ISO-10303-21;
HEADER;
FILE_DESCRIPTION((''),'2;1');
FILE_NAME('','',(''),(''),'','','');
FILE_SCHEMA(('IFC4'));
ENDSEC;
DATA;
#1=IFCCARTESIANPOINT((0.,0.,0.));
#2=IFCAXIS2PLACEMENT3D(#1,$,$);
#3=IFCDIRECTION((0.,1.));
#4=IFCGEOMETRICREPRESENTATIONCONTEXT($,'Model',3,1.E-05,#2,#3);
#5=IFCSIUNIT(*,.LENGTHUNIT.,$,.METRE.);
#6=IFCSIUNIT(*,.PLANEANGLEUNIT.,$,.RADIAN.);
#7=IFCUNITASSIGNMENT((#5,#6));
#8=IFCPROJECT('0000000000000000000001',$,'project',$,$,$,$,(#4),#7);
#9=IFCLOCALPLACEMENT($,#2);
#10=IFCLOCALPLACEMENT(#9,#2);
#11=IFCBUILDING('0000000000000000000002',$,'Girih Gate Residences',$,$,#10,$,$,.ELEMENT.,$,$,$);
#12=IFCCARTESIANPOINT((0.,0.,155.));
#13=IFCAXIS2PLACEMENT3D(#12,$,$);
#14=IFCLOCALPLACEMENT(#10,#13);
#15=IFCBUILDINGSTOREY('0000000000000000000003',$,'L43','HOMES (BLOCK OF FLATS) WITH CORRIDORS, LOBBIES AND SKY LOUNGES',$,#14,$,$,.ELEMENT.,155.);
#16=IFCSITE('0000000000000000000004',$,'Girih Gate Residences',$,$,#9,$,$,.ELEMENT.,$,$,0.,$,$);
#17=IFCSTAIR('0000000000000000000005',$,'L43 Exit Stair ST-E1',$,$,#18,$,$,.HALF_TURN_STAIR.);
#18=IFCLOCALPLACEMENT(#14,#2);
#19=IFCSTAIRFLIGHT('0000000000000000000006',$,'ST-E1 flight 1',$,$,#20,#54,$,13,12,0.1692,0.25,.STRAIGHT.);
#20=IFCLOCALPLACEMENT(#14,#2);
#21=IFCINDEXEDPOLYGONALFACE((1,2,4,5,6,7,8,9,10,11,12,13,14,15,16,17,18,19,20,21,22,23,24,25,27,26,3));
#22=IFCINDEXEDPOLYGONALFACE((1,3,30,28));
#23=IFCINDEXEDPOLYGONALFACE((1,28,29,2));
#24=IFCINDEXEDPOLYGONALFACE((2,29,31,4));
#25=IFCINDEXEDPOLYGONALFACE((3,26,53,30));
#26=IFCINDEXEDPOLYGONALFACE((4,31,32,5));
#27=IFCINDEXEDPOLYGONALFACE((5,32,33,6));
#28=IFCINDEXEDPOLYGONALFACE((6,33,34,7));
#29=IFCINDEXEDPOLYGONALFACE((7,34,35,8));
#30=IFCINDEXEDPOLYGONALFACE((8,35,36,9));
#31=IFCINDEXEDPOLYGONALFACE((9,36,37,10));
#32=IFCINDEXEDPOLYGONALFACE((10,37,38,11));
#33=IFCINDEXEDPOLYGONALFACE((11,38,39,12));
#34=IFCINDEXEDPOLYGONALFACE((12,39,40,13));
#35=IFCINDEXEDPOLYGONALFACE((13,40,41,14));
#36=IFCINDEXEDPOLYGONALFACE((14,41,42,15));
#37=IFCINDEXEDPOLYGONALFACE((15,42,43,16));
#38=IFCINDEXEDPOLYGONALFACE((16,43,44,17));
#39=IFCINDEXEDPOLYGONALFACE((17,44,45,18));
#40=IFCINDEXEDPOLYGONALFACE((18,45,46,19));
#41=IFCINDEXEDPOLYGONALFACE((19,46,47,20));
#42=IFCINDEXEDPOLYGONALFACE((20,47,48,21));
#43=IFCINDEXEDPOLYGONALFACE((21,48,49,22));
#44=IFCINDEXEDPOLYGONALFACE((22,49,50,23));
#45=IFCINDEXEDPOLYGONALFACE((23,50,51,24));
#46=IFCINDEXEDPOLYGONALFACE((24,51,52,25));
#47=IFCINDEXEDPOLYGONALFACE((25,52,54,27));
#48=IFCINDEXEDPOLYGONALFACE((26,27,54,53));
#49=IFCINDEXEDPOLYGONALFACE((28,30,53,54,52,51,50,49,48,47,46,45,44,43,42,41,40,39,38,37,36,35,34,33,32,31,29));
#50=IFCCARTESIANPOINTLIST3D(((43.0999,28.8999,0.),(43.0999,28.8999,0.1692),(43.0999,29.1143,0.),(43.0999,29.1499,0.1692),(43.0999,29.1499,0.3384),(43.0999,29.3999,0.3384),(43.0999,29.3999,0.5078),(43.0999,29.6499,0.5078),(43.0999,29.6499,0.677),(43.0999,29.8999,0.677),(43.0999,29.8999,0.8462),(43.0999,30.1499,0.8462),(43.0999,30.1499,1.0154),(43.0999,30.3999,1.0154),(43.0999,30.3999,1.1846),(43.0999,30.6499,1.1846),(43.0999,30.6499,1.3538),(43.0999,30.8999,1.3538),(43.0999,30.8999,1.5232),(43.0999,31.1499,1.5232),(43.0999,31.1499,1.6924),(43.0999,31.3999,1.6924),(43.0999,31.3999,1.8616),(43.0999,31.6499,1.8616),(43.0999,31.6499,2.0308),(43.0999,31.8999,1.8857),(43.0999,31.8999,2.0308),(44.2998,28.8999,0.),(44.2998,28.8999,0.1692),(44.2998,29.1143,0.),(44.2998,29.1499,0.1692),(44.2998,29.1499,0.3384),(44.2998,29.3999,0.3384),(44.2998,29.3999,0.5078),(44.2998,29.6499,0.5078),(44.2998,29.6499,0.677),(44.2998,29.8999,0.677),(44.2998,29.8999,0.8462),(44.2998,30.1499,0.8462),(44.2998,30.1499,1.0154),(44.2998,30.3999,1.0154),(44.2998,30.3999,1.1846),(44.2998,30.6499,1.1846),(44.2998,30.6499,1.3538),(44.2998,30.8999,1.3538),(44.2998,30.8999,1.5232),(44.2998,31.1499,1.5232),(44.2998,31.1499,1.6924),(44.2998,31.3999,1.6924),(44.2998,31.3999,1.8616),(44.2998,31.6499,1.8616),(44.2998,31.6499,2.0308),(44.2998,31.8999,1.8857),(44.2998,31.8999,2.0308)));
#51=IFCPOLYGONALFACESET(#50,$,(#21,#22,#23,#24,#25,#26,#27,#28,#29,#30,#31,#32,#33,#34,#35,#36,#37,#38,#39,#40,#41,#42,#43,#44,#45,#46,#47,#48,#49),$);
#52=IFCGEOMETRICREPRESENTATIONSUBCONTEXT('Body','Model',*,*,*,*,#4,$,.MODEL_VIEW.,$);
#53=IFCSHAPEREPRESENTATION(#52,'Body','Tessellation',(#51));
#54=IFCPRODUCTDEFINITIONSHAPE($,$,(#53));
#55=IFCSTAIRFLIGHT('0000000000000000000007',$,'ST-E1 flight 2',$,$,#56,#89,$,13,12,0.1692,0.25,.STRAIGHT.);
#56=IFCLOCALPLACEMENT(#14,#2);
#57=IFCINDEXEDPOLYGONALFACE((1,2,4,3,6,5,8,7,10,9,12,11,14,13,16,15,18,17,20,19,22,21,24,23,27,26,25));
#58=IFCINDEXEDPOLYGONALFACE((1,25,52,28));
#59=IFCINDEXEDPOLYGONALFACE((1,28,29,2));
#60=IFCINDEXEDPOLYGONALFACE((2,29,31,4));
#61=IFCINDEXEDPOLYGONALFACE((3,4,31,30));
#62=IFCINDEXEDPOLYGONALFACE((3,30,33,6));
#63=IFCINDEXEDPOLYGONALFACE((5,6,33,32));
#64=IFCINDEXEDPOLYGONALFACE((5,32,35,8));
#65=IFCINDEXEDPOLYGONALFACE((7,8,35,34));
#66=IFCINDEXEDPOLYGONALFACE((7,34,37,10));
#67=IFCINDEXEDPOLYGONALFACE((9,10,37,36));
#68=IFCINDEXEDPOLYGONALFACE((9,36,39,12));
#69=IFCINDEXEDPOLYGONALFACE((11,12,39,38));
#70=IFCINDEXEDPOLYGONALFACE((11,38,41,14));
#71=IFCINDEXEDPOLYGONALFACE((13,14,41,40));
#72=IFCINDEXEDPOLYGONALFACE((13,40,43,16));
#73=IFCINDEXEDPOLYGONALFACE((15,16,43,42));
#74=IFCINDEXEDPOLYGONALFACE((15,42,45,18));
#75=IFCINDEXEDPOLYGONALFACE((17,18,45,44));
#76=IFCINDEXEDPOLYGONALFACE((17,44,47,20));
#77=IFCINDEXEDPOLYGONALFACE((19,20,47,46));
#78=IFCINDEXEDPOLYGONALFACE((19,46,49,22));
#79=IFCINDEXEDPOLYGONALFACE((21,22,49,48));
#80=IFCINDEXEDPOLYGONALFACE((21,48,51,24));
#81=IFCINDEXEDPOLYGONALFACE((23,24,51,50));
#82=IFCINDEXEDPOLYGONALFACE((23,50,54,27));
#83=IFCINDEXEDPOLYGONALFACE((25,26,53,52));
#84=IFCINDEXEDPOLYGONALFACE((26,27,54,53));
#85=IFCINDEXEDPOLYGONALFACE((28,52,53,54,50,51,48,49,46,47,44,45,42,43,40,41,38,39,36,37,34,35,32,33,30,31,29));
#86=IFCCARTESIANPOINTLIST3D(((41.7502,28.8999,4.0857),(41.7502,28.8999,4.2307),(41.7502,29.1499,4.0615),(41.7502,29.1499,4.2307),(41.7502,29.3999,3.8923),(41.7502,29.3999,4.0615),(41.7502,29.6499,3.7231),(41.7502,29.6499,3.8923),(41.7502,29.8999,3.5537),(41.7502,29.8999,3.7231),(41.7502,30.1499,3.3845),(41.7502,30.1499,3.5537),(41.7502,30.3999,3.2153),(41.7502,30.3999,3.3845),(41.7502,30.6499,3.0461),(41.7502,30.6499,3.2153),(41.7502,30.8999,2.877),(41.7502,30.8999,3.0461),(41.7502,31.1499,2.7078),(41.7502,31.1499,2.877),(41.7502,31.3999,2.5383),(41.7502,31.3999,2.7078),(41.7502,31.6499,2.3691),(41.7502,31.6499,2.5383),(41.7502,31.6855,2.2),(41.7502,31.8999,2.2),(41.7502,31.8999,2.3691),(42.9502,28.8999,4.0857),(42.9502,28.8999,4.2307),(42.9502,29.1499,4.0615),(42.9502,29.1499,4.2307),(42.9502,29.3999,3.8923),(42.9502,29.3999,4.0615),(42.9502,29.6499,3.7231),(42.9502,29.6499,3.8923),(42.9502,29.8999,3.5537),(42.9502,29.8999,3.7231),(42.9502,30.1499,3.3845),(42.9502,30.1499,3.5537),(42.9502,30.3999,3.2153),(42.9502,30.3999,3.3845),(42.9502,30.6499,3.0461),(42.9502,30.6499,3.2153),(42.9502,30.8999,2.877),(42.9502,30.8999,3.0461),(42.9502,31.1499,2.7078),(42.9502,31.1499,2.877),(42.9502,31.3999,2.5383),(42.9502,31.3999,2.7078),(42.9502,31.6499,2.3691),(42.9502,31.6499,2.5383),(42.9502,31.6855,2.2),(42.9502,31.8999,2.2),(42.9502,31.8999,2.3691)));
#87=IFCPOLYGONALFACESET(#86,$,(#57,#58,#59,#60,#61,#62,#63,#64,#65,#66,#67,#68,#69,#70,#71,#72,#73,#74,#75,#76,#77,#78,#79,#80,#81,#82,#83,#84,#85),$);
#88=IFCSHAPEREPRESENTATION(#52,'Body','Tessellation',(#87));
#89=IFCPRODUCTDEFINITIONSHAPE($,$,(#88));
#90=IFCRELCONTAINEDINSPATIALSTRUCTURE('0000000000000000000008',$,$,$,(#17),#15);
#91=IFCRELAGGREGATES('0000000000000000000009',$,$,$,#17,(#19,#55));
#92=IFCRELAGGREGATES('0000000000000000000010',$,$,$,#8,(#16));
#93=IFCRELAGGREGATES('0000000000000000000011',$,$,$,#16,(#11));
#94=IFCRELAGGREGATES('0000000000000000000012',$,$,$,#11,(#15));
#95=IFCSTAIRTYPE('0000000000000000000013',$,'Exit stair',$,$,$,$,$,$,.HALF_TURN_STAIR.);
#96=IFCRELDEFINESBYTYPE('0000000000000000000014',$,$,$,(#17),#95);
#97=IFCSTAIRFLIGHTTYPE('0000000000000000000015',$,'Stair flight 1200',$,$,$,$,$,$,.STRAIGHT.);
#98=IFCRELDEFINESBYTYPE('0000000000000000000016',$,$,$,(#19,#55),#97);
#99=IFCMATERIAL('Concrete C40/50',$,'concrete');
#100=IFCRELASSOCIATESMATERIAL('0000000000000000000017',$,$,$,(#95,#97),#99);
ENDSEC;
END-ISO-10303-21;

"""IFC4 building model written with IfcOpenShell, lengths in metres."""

from ifc_helpers import new_model, si_unit, direction, frame, origin, place, context, subcontext, project, spatial, polyline, outline, extrude, material, type_object, element, aggregate, save


model = new_model("IFC4")

# Units and contexts
model_context = context("Model", 3, precision=1e-05, world=origin(), true_north=direction((0.0, 1.0)))
body_context = subcontext(model_context, "Body", "Model", "MODEL_VIEW")
ifc_project = project(units=[si_unit("LENGTHUNIT", "METRE"), si_unit("PLANEANGLEUNIT", "RADIAN")], contexts=[model_context])

# Site, building, storey
site_placement = place(None, origin())
site = spatial("IfcSite", under=ifc_project, at=site_placement, Name="Girih Gate Residences", CompositionType="ELEMENT", RefElevation=0.0)
building_placement = place(site_placement, origin())
building = spatial("IfcBuilding", under=site, at=building_placement, Name="Girih Gate Residences", CompositionType="ELEMENT")
storey_placement = place(building_placement, frame((0.0, 0.0, 155.0)))
storey = spatial("IfcBuildingStorey", under=building, at=storey_placement, Name="L43", Description="HOMES (BLOCK OF FLATS) WITH CORRIDORS, LOBBIES AND SKY LOUNGES", CompositionType="ELEMENT", Elevation=155.0)

# Shared definitions
ifc_material_1 = material(Name="Concrete C40/50", Category="concrete")

# Stair, stair flights
stair_type = type_object("IfcStairType", Name="Exit stair", PredefinedType="HALF_TURN_STAIR", material=ifc_material_1)
stair_placement = place(storey_placement, origin())
stair = element("IfcStair", 1, at=stair_placement, inside=storey, type_object=stair_type, Name="L43 Exit Stair ST-E1", PredefinedType="HALF_TURN_STAIR")
stair_flight_type = type_object("IfcStairFlightType", Name="Stair flight 1200", PredefinedType="STRAIGHT", material=ifc_material_1)
stair_flight_1_placement = place(storey_placement, frame((43.7, 28.8999, 0.0), z_axis=(0.0, 0.0, 1.0), x_axis=(0.0, 1.0, 0.0)))
stair_flight_1 = element("IfcStairFlight", 2, at=stair_flight_1_placement, type_object=stair_flight_type, Name="ST-E1 flight 1", NumberOfRisers=13, NumberOfTreads=12, PredefinedType="STRAIGHT", RiserHeight=0.1692, TreadLength=0.25, context=body_context, shape_type="SweptSolid", body=[
    extrude(outline(polyline([(0.0, 0.0), (0.0, 0.1692), (0.25, 0.1692), (0.25, 0.3384), (0.5, 0.3384), (0.5, 0.5078), (0.75, 0.5078), (0.75, 0.677), (1.0, 0.677), (1.0, 0.8462), (1.25, 0.8462), (1.25, 1.0154), (1.5, 1.0154), (1.5, 1.1846), (1.75, 1.1846), (1.75, 1.3538), (2.0, 1.3538), (2.0, 1.5232), (2.25, 1.5232), (2.25, 1.6924), (2.5, 1.6924), (2.5, 1.8616), (2.75, 1.8616), (2.75, 2.0308), (3.0, 2.0308), (3.0, 2.2), (3.0, 1.8857), (0.2144, 0.0), (0.0, 0.0)])), frame((0.0, 0.6001, 0.0), z_axis=(0.0, -1.0, 0.0), x_axis=(1.0, 0.0, 0.0)), (0.0, 0.0, 1.0), 1.2),
])
stair_flight_2_placement = place(storey_placement, frame((42.3501, 31.8999, 2.2), z_axis=(0.0, 0.0, 1.0), x_axis=(0.0, -1.0, 0.0)))
stair_flight_2 = element("IfcStairFlight", 3, at=stair_flight_2_placement, type_object=stair_flight_type, Name="ST-E1 flight 2", NumberOfRisers=13, NumberOfTreads=12, PredefinedType="STRAIGHT", RiserHeight=0.1692, TreadLength=0.25, context=body_context, shape_type="SweptSolid", body=[
    extrude(outline(polyline([(0.0, 0.0), (0.0, 0.1692), (0.25, 0.1692), (0.25, 0.3384), (0.5, 0.3384), (0.5, 0.5078), (0.75, 0.5078), (0.75, 0.677), (1.0, 0.677), (1.0, 0.8462), (1.25, 0.8462), (1.25, 1.0154), (1.5, 1.0154), (1.5, 1.1846), (1.75, 1.1846), (1.75, 1.3538), (2.0, 1.3538), (2.0, 1.5232), (2.25, 1.5232), (2.25, 1.6924), (2.5, 1.6924), (2.5, 1.8616), (2.75, 1.8616), (2.75, 2.0308), (3.0, 2.0308), (3.0, 2.2), (3.0, 1.8857), (0.2144, 0.0), (0.0, 0.0)])), frame((0.0, 0.6001, 0.0), z_axis=(0.0, -1.0, 0.0), x_axis=(1.0, 0.0, 0.0)), (0.0, 0.0, 1.0), 1.2),
])
aggregate(stair, [stair_flight_1, stair_flight_2])

save(model, "model.ifc")
